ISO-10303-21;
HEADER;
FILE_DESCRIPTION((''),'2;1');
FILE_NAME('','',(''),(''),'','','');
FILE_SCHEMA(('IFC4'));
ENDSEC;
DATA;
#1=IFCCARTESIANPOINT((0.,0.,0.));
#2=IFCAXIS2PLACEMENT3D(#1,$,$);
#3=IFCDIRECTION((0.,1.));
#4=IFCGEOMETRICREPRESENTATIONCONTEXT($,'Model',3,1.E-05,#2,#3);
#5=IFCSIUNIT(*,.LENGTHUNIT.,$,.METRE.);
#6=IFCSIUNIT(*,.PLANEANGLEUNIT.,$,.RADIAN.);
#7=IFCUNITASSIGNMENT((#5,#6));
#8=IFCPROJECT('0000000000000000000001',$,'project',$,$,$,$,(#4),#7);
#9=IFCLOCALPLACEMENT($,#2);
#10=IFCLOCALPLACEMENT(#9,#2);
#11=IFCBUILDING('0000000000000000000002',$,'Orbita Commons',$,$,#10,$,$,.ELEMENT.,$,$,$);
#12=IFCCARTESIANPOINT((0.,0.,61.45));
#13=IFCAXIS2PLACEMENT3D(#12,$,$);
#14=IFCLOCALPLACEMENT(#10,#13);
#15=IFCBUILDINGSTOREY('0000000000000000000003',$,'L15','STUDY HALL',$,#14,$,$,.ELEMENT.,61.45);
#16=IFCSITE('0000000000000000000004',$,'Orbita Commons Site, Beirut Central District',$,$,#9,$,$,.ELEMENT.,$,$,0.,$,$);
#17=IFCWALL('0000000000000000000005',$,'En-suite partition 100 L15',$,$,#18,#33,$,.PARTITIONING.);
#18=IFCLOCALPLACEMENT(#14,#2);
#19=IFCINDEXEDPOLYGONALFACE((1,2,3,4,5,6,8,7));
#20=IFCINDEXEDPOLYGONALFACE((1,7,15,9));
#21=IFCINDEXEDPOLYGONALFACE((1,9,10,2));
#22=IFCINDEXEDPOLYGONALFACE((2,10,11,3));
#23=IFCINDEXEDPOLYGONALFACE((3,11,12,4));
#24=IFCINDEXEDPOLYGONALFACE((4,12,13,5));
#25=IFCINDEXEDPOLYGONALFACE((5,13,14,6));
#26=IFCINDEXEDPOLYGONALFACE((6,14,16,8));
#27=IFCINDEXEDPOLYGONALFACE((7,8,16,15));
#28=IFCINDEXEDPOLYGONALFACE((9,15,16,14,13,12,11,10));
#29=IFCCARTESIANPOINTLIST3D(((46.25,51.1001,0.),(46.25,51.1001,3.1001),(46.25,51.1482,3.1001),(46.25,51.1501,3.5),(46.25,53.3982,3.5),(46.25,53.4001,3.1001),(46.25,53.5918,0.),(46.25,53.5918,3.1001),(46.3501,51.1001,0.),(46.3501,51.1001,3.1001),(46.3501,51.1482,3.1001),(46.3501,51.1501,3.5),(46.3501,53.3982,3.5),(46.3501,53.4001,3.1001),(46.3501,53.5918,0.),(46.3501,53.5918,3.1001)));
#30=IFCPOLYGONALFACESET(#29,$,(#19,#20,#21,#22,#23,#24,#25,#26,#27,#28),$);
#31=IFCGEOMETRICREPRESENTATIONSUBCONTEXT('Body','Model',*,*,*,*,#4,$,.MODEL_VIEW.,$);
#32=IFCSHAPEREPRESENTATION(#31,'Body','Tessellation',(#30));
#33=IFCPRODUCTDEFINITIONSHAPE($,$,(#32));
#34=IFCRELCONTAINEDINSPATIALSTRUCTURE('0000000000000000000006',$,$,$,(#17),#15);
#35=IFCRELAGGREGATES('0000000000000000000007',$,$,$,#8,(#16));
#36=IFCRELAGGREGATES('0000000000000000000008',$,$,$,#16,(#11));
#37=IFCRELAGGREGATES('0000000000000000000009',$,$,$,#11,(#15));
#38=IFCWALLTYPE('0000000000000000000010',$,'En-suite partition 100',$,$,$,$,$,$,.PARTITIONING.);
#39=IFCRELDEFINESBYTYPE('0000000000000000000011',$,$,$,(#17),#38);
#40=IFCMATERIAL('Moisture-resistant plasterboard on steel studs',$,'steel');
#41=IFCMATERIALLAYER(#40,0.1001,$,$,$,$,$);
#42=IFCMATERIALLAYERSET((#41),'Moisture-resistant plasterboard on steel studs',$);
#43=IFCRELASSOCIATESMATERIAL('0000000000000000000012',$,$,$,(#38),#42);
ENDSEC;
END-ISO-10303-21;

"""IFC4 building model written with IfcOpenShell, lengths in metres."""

from ifc_helpers import new_model, si_unit, direction, frame, origin, place, context, subcontext, project, spatial, polyline, outline, extrude, material, layer, layer_set, type_object, element, save


model = new_model("IFC4")

# Units and contexts
model_context = context("Model", 3, precision=1e-05, world=origin(), true_north=direction((0.0, 1.0)))
body_context = subcontext(model_context, "Body", "Model", "MODEL_VIEW")
ifc_project = project(units=[si_unit("LENGTHUNIT", "METRE"), si_unit("PLANEANGLEUNIT", "RADIAN")], contexts=[model_context])

# Site, building, storey
site_placement = place(None, origin())
site = spatial("IfcSite", under=ifc_project, at=site_placement, Name="Orbita Commons Site, Beirut Central District", CompositionType="ELEMENT", RefElevation=0.0)
building_placement = place(site_placement, origin())
building = spatial("IfcBuilding", under=site, at=building_placement, Name="Orbita Commons", CompositionType="ELEMENT")
storey_placement = place(building_placement, frame((0.0, 0.0, 61.45)))
storey = spatial("IfcBuildingStorey", under=building, at=storey_placement, Name="L15", Description="STUDY HALL", CompositionType="ELEMENT", Elevation=61.45)

# Wall
ifc_material_1 = material(Name="Moisture-resistant plasterboard on steel studs", Category="steel")
ifc_layer_1 = layer(ifc_material_1, 0.1001)
ifc_layer_set_1 = layer_set([ifc_layer_1], Name="Moisture-resistant plasterboard on steel studs")
wall_type_1 = type_object("IfcWallType", Name="En-suite partition 100", PredefinedType="PARTITIONING", material=ifc_layer_set_1)
for number, where, z_axis, x_axis, name in (
    (1, (46.3, 53.5918, 0.0), (0.0, 0.0, 1.0), (0.0, -1.0, 0.0), "En-suite partition 100 L15"),
):
    element("IfcWall", number, at=place(storey_placement, frame(where, z_axis=z_axis, x_axis=x_axis)), inside=storey, type_object=wall_type_1, Name=name, PredefinedType="PARTITIONING", context=body_context, shape_type="SweptSolid", body=[
        extrude(outline(polyline([(0.0, 0.0), (2.4917, 0.0), (2.4917, 3.1001), (2.4436, 3.1001), (2.4417, 3.5), (0.1936, 3.5), (0.1917, 3.1001), (0.0, 3.1001), (0.0, 0.0)])), frame((0.0, 0.05, 0.0), z_axis=(0.0, -1.0, 0.0), x_axis=(1.0, 0.0, 0.0)), (0.0, 0.0, 1.0), 0.1001),
    ])

save(model, "model.ifc")
